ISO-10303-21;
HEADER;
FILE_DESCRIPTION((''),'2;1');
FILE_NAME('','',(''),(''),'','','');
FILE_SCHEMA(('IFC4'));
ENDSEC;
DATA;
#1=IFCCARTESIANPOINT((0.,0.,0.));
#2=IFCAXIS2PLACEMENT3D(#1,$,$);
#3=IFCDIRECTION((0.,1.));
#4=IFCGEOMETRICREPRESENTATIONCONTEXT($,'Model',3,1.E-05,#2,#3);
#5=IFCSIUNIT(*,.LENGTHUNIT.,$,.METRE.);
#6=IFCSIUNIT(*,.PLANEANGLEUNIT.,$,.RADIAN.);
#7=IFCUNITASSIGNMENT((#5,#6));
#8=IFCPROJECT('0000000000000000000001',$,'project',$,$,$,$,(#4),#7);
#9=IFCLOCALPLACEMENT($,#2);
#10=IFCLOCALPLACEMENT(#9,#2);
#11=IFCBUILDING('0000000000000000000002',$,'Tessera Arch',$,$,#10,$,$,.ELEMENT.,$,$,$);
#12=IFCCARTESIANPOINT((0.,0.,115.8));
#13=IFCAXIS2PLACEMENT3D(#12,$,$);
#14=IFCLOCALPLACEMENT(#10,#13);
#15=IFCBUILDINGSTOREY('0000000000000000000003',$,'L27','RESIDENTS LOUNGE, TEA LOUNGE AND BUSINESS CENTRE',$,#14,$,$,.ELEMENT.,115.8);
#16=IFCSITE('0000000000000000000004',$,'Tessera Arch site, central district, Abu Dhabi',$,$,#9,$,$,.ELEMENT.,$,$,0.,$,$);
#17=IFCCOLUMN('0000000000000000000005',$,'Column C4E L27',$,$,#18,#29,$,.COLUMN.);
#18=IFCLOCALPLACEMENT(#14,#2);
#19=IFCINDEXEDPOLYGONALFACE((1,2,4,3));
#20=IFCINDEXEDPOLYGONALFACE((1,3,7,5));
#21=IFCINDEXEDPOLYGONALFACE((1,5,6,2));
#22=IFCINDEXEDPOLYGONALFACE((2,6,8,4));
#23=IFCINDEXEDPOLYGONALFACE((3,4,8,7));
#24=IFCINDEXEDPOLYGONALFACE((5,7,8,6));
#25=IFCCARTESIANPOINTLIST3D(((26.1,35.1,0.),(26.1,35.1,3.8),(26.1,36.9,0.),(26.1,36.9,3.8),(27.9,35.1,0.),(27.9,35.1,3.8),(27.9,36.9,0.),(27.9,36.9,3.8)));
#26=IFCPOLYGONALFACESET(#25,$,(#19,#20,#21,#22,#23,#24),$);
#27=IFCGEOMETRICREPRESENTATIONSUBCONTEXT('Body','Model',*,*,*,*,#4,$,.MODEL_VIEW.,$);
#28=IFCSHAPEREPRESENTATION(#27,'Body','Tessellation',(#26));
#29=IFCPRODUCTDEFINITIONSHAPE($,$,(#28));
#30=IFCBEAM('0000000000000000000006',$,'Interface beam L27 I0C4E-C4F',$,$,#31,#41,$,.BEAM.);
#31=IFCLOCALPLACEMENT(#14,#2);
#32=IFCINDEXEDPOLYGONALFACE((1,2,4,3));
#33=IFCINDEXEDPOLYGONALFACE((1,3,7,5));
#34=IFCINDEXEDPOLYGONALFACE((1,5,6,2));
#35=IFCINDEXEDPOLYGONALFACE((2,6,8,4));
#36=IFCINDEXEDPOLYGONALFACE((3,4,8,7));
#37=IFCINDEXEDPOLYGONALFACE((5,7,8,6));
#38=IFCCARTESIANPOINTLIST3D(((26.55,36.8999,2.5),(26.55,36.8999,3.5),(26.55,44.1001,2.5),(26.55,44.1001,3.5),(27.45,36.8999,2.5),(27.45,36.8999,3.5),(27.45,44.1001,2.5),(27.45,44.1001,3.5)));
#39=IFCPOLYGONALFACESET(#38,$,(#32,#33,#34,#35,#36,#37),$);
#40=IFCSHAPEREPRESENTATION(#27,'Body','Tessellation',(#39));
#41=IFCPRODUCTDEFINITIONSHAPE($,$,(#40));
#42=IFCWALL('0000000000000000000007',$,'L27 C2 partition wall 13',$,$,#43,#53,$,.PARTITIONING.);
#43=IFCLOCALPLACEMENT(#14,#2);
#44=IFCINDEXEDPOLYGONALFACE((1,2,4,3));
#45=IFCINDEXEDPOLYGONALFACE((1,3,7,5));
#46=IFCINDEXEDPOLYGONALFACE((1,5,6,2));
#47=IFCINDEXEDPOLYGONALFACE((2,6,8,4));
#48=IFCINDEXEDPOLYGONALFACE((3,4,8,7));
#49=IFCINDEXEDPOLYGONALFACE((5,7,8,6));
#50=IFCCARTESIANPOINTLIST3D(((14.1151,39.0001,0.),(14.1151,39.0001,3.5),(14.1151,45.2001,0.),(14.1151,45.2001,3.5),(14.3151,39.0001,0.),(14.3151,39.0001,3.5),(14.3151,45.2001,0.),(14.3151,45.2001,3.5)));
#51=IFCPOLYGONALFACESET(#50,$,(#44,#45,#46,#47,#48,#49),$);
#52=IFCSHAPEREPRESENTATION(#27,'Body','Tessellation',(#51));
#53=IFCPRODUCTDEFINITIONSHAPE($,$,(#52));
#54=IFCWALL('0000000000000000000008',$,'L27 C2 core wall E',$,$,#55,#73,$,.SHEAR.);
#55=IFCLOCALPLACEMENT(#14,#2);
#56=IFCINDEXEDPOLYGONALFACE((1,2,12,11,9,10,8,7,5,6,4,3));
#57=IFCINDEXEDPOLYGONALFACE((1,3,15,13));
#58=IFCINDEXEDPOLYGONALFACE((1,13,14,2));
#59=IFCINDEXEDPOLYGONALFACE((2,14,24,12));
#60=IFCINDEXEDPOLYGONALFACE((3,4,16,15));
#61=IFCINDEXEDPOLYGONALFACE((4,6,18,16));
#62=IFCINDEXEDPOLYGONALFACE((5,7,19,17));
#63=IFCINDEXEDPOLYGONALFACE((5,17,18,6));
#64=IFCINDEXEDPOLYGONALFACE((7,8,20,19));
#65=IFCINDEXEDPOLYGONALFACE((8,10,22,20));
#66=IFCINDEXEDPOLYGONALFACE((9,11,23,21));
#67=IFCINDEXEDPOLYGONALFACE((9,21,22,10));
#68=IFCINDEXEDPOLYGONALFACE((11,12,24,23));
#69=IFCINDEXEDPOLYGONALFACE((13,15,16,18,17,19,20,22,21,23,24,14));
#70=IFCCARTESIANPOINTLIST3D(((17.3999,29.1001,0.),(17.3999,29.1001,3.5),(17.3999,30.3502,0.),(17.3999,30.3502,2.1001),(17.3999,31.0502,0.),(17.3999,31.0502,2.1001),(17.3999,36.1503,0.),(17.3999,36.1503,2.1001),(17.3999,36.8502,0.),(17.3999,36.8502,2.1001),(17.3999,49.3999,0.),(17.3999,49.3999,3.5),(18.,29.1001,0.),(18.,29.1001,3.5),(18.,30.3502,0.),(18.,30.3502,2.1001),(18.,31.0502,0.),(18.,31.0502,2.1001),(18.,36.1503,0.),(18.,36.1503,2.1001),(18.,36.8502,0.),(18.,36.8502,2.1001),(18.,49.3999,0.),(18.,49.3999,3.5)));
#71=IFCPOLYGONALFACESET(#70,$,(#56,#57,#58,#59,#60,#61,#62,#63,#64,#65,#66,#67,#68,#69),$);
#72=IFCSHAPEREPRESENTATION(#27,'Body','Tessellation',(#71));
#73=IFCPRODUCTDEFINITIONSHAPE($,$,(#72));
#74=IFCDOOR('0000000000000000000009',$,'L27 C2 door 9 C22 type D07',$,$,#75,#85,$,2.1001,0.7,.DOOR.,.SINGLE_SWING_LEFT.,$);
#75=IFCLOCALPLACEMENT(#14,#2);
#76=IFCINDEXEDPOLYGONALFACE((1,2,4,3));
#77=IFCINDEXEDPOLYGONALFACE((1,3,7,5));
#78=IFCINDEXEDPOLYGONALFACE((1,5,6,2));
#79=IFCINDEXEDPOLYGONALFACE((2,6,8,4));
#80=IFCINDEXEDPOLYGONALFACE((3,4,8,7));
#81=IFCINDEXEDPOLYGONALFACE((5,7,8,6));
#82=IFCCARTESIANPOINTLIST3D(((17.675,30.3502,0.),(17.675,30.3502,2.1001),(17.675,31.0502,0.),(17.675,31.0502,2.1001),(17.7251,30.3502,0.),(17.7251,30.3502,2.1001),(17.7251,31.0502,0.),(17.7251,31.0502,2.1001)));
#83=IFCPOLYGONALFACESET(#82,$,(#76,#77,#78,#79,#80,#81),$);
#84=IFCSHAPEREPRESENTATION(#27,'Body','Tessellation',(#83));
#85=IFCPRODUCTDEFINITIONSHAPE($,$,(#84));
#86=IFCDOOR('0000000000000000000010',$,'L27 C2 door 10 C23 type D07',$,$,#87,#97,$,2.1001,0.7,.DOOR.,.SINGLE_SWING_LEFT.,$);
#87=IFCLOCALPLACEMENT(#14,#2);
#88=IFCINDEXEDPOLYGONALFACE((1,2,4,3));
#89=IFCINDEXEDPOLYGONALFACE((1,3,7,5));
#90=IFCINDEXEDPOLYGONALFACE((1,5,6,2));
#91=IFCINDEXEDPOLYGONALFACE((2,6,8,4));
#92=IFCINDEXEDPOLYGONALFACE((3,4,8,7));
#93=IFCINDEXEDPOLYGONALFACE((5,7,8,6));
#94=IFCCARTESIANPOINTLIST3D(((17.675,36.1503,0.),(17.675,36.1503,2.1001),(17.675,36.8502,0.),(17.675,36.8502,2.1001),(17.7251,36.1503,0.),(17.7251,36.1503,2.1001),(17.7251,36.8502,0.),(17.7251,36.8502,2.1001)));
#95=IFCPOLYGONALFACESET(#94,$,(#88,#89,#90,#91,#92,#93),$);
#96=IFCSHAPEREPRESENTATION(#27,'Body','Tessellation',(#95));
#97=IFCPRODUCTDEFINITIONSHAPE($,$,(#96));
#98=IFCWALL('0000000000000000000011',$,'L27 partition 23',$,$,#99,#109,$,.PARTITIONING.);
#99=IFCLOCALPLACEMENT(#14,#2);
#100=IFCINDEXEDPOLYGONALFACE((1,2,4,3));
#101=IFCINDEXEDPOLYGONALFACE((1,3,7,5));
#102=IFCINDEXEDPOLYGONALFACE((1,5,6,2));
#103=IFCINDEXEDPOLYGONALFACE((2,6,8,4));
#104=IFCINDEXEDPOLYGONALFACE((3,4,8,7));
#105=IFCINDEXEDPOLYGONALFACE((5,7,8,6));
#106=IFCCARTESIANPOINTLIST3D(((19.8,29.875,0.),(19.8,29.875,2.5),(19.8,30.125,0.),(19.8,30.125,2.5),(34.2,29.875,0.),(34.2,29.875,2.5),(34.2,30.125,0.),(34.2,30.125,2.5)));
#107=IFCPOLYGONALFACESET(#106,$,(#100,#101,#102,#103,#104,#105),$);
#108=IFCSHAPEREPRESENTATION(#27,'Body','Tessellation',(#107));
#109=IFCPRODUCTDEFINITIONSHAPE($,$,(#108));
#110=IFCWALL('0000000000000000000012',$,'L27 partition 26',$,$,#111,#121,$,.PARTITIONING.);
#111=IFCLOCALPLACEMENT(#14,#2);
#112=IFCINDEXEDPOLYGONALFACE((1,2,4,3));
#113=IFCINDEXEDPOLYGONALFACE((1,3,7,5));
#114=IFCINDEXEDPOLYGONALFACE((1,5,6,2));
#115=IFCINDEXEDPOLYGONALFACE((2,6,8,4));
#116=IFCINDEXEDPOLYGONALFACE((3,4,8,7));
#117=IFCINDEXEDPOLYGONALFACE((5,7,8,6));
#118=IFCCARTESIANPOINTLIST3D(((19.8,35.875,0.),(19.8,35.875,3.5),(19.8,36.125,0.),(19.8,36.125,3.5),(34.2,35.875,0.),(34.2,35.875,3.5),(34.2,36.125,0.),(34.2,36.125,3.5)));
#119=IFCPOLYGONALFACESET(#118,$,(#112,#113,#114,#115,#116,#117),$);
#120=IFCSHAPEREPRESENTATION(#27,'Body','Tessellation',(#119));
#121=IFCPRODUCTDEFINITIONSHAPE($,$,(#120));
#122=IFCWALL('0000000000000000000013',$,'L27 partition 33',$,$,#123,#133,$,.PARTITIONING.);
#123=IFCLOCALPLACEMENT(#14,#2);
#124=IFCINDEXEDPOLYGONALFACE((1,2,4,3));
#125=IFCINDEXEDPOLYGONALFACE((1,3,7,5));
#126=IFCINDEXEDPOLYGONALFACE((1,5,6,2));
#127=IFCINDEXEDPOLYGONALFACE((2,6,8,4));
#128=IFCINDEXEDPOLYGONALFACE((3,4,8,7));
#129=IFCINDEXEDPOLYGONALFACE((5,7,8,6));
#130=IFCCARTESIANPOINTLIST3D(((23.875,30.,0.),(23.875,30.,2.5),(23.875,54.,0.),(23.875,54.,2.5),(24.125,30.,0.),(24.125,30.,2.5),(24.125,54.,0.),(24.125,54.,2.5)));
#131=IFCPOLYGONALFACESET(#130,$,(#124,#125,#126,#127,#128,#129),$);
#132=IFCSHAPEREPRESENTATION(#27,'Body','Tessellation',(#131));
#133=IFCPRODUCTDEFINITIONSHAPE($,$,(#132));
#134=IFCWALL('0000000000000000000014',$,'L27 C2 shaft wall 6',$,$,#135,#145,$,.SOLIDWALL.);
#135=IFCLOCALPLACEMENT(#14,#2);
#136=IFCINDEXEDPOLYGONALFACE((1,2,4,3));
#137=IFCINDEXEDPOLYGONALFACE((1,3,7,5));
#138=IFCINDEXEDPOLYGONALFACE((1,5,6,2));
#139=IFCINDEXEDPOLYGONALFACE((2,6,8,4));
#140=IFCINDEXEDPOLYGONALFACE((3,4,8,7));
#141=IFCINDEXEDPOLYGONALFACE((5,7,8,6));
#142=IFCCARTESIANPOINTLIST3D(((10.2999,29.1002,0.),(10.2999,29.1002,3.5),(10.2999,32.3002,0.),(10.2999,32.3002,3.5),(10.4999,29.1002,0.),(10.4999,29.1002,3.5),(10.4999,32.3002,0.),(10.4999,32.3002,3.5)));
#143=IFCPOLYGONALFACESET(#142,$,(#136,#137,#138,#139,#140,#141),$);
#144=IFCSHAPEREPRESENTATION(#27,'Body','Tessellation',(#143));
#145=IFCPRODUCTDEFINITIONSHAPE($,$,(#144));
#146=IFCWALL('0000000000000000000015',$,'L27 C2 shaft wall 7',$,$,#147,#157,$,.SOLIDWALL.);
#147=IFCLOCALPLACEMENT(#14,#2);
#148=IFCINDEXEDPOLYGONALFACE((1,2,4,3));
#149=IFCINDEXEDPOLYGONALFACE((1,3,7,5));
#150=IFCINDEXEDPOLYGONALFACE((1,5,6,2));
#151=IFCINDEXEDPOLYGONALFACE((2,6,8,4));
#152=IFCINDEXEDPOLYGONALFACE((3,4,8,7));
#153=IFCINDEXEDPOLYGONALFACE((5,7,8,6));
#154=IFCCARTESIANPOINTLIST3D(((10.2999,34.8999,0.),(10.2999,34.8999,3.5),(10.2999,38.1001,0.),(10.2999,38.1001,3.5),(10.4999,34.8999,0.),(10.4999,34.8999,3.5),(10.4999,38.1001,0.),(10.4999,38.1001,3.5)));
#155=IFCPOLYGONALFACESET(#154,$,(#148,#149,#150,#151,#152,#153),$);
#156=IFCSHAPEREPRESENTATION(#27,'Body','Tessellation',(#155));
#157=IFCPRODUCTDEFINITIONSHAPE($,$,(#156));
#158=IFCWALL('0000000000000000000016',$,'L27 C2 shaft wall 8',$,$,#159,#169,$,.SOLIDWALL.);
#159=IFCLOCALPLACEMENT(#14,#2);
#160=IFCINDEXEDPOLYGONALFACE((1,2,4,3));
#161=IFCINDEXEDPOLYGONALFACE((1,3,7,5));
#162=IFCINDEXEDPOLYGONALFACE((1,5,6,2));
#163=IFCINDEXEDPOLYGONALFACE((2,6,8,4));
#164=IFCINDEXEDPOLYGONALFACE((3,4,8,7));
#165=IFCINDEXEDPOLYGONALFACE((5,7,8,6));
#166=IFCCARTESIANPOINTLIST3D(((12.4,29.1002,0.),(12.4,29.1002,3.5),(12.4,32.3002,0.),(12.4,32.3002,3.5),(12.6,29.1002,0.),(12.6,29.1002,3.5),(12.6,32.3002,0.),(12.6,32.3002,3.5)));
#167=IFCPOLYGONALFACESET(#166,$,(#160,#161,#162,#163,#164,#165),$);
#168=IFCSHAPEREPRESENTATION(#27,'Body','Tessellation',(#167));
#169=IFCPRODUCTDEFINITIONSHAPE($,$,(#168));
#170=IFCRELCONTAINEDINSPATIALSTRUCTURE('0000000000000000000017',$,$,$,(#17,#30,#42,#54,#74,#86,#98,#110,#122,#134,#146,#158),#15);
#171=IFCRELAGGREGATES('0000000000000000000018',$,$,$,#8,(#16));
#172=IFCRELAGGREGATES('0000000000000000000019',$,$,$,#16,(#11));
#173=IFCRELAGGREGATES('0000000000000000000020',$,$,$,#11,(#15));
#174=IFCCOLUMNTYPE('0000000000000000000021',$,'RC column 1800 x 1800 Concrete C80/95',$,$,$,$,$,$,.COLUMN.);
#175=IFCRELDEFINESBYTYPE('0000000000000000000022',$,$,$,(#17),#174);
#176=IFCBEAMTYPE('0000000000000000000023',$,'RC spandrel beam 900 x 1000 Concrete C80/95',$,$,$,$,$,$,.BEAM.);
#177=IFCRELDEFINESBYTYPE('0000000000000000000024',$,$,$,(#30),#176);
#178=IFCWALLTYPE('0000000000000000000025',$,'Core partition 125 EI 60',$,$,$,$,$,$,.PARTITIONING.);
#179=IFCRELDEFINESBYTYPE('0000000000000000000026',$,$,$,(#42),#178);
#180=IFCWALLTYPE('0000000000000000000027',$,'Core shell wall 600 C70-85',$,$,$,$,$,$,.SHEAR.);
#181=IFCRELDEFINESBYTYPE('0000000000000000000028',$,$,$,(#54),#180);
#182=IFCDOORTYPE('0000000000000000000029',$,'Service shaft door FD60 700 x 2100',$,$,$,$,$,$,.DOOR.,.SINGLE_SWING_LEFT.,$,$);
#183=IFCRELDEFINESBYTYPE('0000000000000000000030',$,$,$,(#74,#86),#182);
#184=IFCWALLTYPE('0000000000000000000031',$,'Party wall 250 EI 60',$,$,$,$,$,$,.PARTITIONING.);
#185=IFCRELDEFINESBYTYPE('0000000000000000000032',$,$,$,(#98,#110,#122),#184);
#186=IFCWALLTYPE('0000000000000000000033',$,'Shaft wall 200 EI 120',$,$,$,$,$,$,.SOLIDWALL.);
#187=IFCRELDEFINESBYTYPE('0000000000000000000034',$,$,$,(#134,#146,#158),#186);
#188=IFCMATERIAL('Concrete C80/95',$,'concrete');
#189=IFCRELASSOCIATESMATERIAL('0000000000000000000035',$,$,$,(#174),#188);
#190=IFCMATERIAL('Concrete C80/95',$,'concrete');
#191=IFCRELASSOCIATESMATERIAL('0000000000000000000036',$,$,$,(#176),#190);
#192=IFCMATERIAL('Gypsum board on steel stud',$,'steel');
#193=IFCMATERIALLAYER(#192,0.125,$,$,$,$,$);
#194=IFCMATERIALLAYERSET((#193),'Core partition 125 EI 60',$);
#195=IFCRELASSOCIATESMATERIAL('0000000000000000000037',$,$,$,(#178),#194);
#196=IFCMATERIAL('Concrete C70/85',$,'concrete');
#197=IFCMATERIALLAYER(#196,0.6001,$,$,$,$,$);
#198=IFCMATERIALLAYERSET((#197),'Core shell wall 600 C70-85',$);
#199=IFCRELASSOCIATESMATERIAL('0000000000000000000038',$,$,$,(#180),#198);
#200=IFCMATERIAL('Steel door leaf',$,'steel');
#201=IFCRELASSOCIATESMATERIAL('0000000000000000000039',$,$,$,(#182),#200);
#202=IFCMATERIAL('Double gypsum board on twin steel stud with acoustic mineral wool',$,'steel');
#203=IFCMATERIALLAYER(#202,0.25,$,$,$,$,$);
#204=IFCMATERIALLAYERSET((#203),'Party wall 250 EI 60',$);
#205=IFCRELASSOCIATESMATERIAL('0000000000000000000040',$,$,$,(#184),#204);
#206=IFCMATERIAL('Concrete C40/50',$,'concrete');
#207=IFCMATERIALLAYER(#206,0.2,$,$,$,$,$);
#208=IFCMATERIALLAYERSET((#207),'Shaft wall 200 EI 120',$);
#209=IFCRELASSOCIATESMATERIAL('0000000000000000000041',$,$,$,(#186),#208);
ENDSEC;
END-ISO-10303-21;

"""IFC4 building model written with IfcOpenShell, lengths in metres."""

from ifc_helpers import new_model, si_unit, direction, frame, frame_2d, origin, origin_2d, place, context, subcontext, project, spatial, rectangle, extrude, material, layer, layer_set, material_profile, profile_set, type_object, element, fill, save


model = new_model("IFC4")

# Units and contexts
model_context = context("Model", 3, precision=1e-05, world=origin(), true_north=direction((0.0, 1.0)))
body_context = subcontext(model_context, "Body", "Model", "MODEL_VIEW")
ifc_project = project(units=[si_unit("LENGTHUNIT", "METRE"), si_unit("PLANEANGLEUNIT", "RADIAN")], contexts=[model_context])

# Site, building, storey
site_placement = place(None, origin())
site = spatial("IfcSite", under=ifc_project, at=site_placement, Name="Tessera Arch site, central district, Abu Dhabi", CompositionType="ELEMENT", RefElevation=0.0)
building_placement = place(site_placement, origin())
building = spatial("IfcBuilding", under=site, at=building_placement, Name="Tessera Arch", CompositionType="ELEMENT")
storey_placement = place(building_placement, frame((0.0, 0.0, 115.8)))
storey = spatial("IfcBuildingStorey", under=building, at=storey_placement, Name="L27", Description="RESIDENTS LOUNGE, TEA LOUNGE AND BUSINESS CENTRE", CompositionType="ELEMENT", Elevation=115.8)

# Column
ifc_material_1 = material(Name="Concrete C80/95", Category="concrete")
ifc_material_profile_1 = material_profile(ifc_material_1, rectangle(XDim=1.8, YDim=1.8, at=origin_2d()), Name="RC column 1800 x 1800 Concrete C80/95")
ifc_profile_set_1 = profile_set([ifc_material_profile_1], Name="Concrete C80/95")
column_type = type_object("IfcColumnType", Name="RC column 1800 x 1800 Concrete C80/95", PredefinedType="COLUMN", material=ifc_profile_set_1)
column_placement = place(storey_placement, frame((27.0, 36.0, 0.0), z_axis=(0.0, 0.0, 1.0), x_axis=(1.0, 0.0, 0.0)))
element("IfcColumn", 1, at=column_placement, inside=storey, type_object=column_type, Name="Column C4E L27", PredefinedType="COLUMN", context=body_context, shape_type="SweptSolid", body=[
    extrude(rectangle(XDim=1.8, YDim=1.8, at=origin_2d()), origin(), (0.0, 0.0, 1.0), 3.8),
])

# Beam
ifc_material_2 = material(Name="Concrete C80/95", Category="concrete")
ifc_material_profile_2 = material_profile(ifc_material_2, rectangle(XDim=0.8999, YDim=1.0, at=origin_2d()), Name="RC spandrel beam 900 x 1000 Concrete C80/95")
ifc_profile_set_2 = profile_set([ifc_material_profile_2], Name="Concrete C80/95")
beam_type = type_object("IfcBeamType", Name="RC spandrel beam 900 x 1000 Concrete C80/95", PredefinedType="BEAM", material=ifc_profile_set_2)
beam_placement = place(storey_placement, frame((27.0, 36.8999, 3.0), z_axis=(0.0, 1.0, 0.0), x_axis=(-1.0, 0.0, 0.0)))
element("IfcBeam", 2, at=beam_placement, inside=storey, type_object=beam_type, Name="Interface beam L27 I0C4E-C4F", PredefinedType="BEAM", context=body_context, shape_type="SweptSolid", body=[
    extrude(rectangle(XDim=0.8999, YDim=1.0, at=origin_2d()), origin(), (0.0, 0.0, 1.0), 7.2002),
])

# Wall
ifc_material_3 = material(Name="Gypsum board on steel stud", Category="steel")
ifc_layer_1 = layer(ifc_material_3, 0.125)
ifc_layer_set_1 = layer_set([ifc_layer_1], Name="Core partition 125 EI 60")
wall_type_1 = type_object("IfcWallType", Name="Core partition 125 EI 60", PredefinedType="PARTITIONING", material=ifc_layer_set_1)
wall_1_placement = place(storey_placement, frame((14.2151, 39.0, 0.0), z_axis=(0.0, 0.0, 1.0), x_axis=(0.0, 1.0, 0.0)))
element("IfcWall", 3, at=wall_1_placement, inside=storey, type_object=wall_type_1, Name="L27 C2 partition wall 13", PredefinedType="PARTITIONING", context=body_context, shape_type="SweptSolid", body=[
    extrude(rectangle(XDim=6.2, YDim=0.2, at=frame_2d((3.1001, 0.0))), origin(), (0.0, 0.0, 1.0), 3.5),
])

# Wall, openings, doors
ifc_material_4 = material(Name="Concrete C70/85", Category="concrete")
ifc_layer_2 = layer(ifc_material_4, 0.6001)
ifc_layer_set_2 = layer_set([ifc_layer_2], Name="Core shell wall 600 C70-85")
wall_type_2 = type_object("IfcWallType", Name="Core shell wall 600 C70-85", PredefinedType="SHEAR", material=ifc_layer_set_2)
wall_2_placement = place(storey_placement, frame((17.7, 29.1001, 0.0), z_axis=(0.0, 0.0, 1.0), x_axis=(0.0, 1.0, 0.0)))
wall_2 = element("IfcWall", 4, at=wall_2_placement, inside=storey, type_object=wall_type_2, Name="L27 C2 core wall E", PredefinedType="SHEAR", context=body_context, shape_type="SweptSolid", body=[
    extrude(rectangle(XDim=20.2998, YDim=0.6001, at=frame_2d((10.1499, 0.0))), origin(), (0.0, 0.0, 1.0), 3.5),
])
opening_1_placement = place(wall_2_placement, frame((1.25, 0.0, 0.0)))
opening_1 = element("IfcOpeningElement", 5, at=opening_1_placement, cuts=wall_2, PredefinedType="OPENING", context=body_context, shape_type="SweptSolid", body=[
    extrude(rectangle(XDim=0.7, YDim=2.1001, at=frame_2d((0.3501, 1.05))), frame((0.0, 0.3101, 0.0), z_axis=(0.0, -1.0, 0.0), x_axis=(1.0, 0.0, 0.0)), (0.0, 0.0, 1.0), 0.6201),
])
opening_2_placement = place(wall_2_placement, frame((7.05, 0.0, 0.0)))
opening_2 = element("IfcOpeningElement", 6, at=opening_2_placement, cuts=wall_2, PredefinedType="OPENING", context=body_context, shape_type="SweptSolid", body=[
    extrude(rectangle(XDim=0.7, YDim=2.1001, at=frame_2d((0.3501, 1.05))), frame((0.0, 0.3101, 0.0), z_axis=(0.0, -1.0, 0.0), x_axis=(1.0, 0.0, 0.0)), (0.0, 0.0, 1.0), 0.6201),
])
ifc_material_5 = material(Name="Steel door leaf", Category="steel")
door_type = type_object("IfcDoorType", Name="Service shaft door FD60 700 x 2100", OperationType="SINGLE_SWING_LEFT", PredefinedType="DOOR", material=ifc_material_5)
door_1_placement = place(opening_1_placement, origin())
door_1 = element("IfcDoor", 7, at=door_1_placement, inside=storey, type_object=door_type, Name="L27 C2 door 9 C22 type D07", OperationType="SINGLE_SWING_LEFT", OverallHeight=2.1001, OverallWidth=0.7, PredefinedType="DOOR", context=body_context, shape_type="SweptSolid", body=[
    extrude(rectangle(XDim=0.7, YDim=2.1001, at=frame_2d((0.3501, 1.05))), frame((0.0, 0.0249, 0.0), z_axis=(0.0, -1.0, 0.0), x_axis=(1.0, 0.0, 0.0)), (0.0, 0.0, 1.0), 0.05),
])
fill(opening_1, door_1)
door_2_placement = place(opening_2_placement, origin())
door_2 = element("IfcDoor", 8, at=door_2_placement, inside=storey, type_object=door_type, Name="L27 C2 door 10 C23 type D07", OperationType="SINGLE_SWING_LEFT", OverallHeight=2.1001, OverallWidth=0.7, PredefinedType="DOOR", context=body_context, shape_type="SweptSolid", body=[
    extrude(rectangle(XDim=0.7, YDim=2.1001, at=frame_2d((0.3501, 1.05))), frame((0.0, 0.0249, 0.0), z_axis=(0.0, -1.0, 0.0), x_axis=(1.0, 0.0, 0.0)), (0.0, 0.0, 1.0), 0.05),
])
fill(opening_2, door_2)

# Walls
ifc_material_6 = material(Name="Double gypsum board on twin steel stud with acoustic mineral wool", Category="steel")
ifc_layer_3 = layer(ifc_material_6, 0.25)
ifc_layer_set_3 = layer_set([ifc_layer_3], Name="Party wall 250 EI 60")
wall_type_3 = type_object("IfcWallType", Name="Party wall 250 EI 60", PredefinedType="PARTITIONING", material=ifc_layer_set_3)
wall_3_placement = place(storey_placement, frame((19.8, 30.0, 0.0), z_axis=(0.0, 0.0, 1.0), x_axis=(1.0, 0.0, 0.0)))
element("IfcWall", 9, at=wall_3_placement, inside=storey, type_object=wall_type_3, Name="L27 partition 23", PredefinedType="PARTITIONING", context=body_context, shape_type="SweptSolid", body=[
    extrude(rectangle(XDim=14.3999, YDim=0.25, at=frame_2d((7.2, 0.0))), origin(), (0.0, 0.0, 1.0), 2.5),
])
wall_4_placement = place(storey_placement, frame((19.8, 36.0, 0.0), z_axis=(0.0, 0.0, 1.0), x_axis=(1.0, 0.0, 0.0)))
element("IfcWall", 10, at=wall_4_placement, inside=storey, type_object=wall_type_3, Name="L27 partition 26", PredefinedType="PARTITIONING", context=body_context, shape_type="SweptSolid", body=[
    extrude(rectangle(XDim=14.3999, YDim=0.25, at=frame_2d((7.2, 0.0))), origin(), (0.0, 0.0, 1.0), 3.5),
])
wall_5_placement = place(storey_placement, frame((24.0, 30.0, 0.0), z_axis=(0.0, 0.0, 1.0), x_axis=(0.0, 1.0, 0.0)))
element("IfcWall", 11, at=wall_5_placement, inside=storey, type_object=wall_type_3, Name="L27 partition 33", PredefinedType="PARTITIONING", context=body_context, shape_type="SweptSolid", body=[
    extrude(rectangle(XDim=24.0, YDim=0.25, at=frame_2d((12.0, 0.0))), origin(), (0.0, 0.0, 1.0), 2.5),
])
ifc_material_7 = material(Name="Concrete C40/50", Category="concrete")
ifc_layer_4 = layer(ifc_material_7, 0.2)
ifc_layer_set_4 = layer_set([ifc_layer_4], Name="Shaft wall 200 EI 120")
wall_type_4 = type_object("IfcWallType", Name="Shaft wall 200 EI 120", PredefinedType="SOLIDWALL", material=ifc_layer_set_4)
wall_6_placement = place(storey_placement, frame((10.3999, 29.1001, 0.0), z_axis=(0.0, 0.0, 1.0), x_axis=(0.0, 1.0, 0.0)))
element("IfcWall", 12, at=wall_6_placement, inside=storey, type_object=wall_type_4, Name="L27 C2 shaft wall 6", PredefinedType="SOLIDWALL", context=body_context, shape_type="SweptSolid", body=[
    extrude(rectangle(XDim=3.2, YDim=0.2, at=frame_2d((1.6001, 0.0))), origin(), (0.0, 0.0, 1.0), 3.5),
])
wall_7_placement = place(storey_placement, frame((10.3999, 34.8999, 0.0), z_axis=(0.0, 0.0, 1.0), x_axis=(0.0, 1.0, 0.0)))
element("IfcWall", 13, at=wall_7_placement, inside=storey, type_object=wall_type_4, Name="L27 C2 shaft wall 7", PredefinedType="SOLIDWALL", context=body_context, shape_type="SweptSolid", body=[
    extrude(rectangle(XDim=3.2002, YDim=0.2, at=frame_2d((1.6001, 0.0))), origin(), (0.0, 0.0, 1.0), 3.5),
])
wall_8_placement = place(storey_placement, frame((12.5, 29.1001, 0.0), z_axis=(0.0, 0.0, 1.0), x_axis=(0.0, 1.0, 0.0)))
element("IfcWall", 14, at=wall_8_placement, inside=storey, type_object=wall_type_4, Name="L27 C2 shaft wall 8", PredefinedType="SOLIDWALL", context=body_context, shape_type="SweptSolid", body=[
    extrude(rectangle(XDim=3.2, YDim=0.2, at=frame_2d((1.6001, 0.0))), origin(), (0.0, 0.0, 1.0), 3.5),
])

save(model, "model.ifc")
